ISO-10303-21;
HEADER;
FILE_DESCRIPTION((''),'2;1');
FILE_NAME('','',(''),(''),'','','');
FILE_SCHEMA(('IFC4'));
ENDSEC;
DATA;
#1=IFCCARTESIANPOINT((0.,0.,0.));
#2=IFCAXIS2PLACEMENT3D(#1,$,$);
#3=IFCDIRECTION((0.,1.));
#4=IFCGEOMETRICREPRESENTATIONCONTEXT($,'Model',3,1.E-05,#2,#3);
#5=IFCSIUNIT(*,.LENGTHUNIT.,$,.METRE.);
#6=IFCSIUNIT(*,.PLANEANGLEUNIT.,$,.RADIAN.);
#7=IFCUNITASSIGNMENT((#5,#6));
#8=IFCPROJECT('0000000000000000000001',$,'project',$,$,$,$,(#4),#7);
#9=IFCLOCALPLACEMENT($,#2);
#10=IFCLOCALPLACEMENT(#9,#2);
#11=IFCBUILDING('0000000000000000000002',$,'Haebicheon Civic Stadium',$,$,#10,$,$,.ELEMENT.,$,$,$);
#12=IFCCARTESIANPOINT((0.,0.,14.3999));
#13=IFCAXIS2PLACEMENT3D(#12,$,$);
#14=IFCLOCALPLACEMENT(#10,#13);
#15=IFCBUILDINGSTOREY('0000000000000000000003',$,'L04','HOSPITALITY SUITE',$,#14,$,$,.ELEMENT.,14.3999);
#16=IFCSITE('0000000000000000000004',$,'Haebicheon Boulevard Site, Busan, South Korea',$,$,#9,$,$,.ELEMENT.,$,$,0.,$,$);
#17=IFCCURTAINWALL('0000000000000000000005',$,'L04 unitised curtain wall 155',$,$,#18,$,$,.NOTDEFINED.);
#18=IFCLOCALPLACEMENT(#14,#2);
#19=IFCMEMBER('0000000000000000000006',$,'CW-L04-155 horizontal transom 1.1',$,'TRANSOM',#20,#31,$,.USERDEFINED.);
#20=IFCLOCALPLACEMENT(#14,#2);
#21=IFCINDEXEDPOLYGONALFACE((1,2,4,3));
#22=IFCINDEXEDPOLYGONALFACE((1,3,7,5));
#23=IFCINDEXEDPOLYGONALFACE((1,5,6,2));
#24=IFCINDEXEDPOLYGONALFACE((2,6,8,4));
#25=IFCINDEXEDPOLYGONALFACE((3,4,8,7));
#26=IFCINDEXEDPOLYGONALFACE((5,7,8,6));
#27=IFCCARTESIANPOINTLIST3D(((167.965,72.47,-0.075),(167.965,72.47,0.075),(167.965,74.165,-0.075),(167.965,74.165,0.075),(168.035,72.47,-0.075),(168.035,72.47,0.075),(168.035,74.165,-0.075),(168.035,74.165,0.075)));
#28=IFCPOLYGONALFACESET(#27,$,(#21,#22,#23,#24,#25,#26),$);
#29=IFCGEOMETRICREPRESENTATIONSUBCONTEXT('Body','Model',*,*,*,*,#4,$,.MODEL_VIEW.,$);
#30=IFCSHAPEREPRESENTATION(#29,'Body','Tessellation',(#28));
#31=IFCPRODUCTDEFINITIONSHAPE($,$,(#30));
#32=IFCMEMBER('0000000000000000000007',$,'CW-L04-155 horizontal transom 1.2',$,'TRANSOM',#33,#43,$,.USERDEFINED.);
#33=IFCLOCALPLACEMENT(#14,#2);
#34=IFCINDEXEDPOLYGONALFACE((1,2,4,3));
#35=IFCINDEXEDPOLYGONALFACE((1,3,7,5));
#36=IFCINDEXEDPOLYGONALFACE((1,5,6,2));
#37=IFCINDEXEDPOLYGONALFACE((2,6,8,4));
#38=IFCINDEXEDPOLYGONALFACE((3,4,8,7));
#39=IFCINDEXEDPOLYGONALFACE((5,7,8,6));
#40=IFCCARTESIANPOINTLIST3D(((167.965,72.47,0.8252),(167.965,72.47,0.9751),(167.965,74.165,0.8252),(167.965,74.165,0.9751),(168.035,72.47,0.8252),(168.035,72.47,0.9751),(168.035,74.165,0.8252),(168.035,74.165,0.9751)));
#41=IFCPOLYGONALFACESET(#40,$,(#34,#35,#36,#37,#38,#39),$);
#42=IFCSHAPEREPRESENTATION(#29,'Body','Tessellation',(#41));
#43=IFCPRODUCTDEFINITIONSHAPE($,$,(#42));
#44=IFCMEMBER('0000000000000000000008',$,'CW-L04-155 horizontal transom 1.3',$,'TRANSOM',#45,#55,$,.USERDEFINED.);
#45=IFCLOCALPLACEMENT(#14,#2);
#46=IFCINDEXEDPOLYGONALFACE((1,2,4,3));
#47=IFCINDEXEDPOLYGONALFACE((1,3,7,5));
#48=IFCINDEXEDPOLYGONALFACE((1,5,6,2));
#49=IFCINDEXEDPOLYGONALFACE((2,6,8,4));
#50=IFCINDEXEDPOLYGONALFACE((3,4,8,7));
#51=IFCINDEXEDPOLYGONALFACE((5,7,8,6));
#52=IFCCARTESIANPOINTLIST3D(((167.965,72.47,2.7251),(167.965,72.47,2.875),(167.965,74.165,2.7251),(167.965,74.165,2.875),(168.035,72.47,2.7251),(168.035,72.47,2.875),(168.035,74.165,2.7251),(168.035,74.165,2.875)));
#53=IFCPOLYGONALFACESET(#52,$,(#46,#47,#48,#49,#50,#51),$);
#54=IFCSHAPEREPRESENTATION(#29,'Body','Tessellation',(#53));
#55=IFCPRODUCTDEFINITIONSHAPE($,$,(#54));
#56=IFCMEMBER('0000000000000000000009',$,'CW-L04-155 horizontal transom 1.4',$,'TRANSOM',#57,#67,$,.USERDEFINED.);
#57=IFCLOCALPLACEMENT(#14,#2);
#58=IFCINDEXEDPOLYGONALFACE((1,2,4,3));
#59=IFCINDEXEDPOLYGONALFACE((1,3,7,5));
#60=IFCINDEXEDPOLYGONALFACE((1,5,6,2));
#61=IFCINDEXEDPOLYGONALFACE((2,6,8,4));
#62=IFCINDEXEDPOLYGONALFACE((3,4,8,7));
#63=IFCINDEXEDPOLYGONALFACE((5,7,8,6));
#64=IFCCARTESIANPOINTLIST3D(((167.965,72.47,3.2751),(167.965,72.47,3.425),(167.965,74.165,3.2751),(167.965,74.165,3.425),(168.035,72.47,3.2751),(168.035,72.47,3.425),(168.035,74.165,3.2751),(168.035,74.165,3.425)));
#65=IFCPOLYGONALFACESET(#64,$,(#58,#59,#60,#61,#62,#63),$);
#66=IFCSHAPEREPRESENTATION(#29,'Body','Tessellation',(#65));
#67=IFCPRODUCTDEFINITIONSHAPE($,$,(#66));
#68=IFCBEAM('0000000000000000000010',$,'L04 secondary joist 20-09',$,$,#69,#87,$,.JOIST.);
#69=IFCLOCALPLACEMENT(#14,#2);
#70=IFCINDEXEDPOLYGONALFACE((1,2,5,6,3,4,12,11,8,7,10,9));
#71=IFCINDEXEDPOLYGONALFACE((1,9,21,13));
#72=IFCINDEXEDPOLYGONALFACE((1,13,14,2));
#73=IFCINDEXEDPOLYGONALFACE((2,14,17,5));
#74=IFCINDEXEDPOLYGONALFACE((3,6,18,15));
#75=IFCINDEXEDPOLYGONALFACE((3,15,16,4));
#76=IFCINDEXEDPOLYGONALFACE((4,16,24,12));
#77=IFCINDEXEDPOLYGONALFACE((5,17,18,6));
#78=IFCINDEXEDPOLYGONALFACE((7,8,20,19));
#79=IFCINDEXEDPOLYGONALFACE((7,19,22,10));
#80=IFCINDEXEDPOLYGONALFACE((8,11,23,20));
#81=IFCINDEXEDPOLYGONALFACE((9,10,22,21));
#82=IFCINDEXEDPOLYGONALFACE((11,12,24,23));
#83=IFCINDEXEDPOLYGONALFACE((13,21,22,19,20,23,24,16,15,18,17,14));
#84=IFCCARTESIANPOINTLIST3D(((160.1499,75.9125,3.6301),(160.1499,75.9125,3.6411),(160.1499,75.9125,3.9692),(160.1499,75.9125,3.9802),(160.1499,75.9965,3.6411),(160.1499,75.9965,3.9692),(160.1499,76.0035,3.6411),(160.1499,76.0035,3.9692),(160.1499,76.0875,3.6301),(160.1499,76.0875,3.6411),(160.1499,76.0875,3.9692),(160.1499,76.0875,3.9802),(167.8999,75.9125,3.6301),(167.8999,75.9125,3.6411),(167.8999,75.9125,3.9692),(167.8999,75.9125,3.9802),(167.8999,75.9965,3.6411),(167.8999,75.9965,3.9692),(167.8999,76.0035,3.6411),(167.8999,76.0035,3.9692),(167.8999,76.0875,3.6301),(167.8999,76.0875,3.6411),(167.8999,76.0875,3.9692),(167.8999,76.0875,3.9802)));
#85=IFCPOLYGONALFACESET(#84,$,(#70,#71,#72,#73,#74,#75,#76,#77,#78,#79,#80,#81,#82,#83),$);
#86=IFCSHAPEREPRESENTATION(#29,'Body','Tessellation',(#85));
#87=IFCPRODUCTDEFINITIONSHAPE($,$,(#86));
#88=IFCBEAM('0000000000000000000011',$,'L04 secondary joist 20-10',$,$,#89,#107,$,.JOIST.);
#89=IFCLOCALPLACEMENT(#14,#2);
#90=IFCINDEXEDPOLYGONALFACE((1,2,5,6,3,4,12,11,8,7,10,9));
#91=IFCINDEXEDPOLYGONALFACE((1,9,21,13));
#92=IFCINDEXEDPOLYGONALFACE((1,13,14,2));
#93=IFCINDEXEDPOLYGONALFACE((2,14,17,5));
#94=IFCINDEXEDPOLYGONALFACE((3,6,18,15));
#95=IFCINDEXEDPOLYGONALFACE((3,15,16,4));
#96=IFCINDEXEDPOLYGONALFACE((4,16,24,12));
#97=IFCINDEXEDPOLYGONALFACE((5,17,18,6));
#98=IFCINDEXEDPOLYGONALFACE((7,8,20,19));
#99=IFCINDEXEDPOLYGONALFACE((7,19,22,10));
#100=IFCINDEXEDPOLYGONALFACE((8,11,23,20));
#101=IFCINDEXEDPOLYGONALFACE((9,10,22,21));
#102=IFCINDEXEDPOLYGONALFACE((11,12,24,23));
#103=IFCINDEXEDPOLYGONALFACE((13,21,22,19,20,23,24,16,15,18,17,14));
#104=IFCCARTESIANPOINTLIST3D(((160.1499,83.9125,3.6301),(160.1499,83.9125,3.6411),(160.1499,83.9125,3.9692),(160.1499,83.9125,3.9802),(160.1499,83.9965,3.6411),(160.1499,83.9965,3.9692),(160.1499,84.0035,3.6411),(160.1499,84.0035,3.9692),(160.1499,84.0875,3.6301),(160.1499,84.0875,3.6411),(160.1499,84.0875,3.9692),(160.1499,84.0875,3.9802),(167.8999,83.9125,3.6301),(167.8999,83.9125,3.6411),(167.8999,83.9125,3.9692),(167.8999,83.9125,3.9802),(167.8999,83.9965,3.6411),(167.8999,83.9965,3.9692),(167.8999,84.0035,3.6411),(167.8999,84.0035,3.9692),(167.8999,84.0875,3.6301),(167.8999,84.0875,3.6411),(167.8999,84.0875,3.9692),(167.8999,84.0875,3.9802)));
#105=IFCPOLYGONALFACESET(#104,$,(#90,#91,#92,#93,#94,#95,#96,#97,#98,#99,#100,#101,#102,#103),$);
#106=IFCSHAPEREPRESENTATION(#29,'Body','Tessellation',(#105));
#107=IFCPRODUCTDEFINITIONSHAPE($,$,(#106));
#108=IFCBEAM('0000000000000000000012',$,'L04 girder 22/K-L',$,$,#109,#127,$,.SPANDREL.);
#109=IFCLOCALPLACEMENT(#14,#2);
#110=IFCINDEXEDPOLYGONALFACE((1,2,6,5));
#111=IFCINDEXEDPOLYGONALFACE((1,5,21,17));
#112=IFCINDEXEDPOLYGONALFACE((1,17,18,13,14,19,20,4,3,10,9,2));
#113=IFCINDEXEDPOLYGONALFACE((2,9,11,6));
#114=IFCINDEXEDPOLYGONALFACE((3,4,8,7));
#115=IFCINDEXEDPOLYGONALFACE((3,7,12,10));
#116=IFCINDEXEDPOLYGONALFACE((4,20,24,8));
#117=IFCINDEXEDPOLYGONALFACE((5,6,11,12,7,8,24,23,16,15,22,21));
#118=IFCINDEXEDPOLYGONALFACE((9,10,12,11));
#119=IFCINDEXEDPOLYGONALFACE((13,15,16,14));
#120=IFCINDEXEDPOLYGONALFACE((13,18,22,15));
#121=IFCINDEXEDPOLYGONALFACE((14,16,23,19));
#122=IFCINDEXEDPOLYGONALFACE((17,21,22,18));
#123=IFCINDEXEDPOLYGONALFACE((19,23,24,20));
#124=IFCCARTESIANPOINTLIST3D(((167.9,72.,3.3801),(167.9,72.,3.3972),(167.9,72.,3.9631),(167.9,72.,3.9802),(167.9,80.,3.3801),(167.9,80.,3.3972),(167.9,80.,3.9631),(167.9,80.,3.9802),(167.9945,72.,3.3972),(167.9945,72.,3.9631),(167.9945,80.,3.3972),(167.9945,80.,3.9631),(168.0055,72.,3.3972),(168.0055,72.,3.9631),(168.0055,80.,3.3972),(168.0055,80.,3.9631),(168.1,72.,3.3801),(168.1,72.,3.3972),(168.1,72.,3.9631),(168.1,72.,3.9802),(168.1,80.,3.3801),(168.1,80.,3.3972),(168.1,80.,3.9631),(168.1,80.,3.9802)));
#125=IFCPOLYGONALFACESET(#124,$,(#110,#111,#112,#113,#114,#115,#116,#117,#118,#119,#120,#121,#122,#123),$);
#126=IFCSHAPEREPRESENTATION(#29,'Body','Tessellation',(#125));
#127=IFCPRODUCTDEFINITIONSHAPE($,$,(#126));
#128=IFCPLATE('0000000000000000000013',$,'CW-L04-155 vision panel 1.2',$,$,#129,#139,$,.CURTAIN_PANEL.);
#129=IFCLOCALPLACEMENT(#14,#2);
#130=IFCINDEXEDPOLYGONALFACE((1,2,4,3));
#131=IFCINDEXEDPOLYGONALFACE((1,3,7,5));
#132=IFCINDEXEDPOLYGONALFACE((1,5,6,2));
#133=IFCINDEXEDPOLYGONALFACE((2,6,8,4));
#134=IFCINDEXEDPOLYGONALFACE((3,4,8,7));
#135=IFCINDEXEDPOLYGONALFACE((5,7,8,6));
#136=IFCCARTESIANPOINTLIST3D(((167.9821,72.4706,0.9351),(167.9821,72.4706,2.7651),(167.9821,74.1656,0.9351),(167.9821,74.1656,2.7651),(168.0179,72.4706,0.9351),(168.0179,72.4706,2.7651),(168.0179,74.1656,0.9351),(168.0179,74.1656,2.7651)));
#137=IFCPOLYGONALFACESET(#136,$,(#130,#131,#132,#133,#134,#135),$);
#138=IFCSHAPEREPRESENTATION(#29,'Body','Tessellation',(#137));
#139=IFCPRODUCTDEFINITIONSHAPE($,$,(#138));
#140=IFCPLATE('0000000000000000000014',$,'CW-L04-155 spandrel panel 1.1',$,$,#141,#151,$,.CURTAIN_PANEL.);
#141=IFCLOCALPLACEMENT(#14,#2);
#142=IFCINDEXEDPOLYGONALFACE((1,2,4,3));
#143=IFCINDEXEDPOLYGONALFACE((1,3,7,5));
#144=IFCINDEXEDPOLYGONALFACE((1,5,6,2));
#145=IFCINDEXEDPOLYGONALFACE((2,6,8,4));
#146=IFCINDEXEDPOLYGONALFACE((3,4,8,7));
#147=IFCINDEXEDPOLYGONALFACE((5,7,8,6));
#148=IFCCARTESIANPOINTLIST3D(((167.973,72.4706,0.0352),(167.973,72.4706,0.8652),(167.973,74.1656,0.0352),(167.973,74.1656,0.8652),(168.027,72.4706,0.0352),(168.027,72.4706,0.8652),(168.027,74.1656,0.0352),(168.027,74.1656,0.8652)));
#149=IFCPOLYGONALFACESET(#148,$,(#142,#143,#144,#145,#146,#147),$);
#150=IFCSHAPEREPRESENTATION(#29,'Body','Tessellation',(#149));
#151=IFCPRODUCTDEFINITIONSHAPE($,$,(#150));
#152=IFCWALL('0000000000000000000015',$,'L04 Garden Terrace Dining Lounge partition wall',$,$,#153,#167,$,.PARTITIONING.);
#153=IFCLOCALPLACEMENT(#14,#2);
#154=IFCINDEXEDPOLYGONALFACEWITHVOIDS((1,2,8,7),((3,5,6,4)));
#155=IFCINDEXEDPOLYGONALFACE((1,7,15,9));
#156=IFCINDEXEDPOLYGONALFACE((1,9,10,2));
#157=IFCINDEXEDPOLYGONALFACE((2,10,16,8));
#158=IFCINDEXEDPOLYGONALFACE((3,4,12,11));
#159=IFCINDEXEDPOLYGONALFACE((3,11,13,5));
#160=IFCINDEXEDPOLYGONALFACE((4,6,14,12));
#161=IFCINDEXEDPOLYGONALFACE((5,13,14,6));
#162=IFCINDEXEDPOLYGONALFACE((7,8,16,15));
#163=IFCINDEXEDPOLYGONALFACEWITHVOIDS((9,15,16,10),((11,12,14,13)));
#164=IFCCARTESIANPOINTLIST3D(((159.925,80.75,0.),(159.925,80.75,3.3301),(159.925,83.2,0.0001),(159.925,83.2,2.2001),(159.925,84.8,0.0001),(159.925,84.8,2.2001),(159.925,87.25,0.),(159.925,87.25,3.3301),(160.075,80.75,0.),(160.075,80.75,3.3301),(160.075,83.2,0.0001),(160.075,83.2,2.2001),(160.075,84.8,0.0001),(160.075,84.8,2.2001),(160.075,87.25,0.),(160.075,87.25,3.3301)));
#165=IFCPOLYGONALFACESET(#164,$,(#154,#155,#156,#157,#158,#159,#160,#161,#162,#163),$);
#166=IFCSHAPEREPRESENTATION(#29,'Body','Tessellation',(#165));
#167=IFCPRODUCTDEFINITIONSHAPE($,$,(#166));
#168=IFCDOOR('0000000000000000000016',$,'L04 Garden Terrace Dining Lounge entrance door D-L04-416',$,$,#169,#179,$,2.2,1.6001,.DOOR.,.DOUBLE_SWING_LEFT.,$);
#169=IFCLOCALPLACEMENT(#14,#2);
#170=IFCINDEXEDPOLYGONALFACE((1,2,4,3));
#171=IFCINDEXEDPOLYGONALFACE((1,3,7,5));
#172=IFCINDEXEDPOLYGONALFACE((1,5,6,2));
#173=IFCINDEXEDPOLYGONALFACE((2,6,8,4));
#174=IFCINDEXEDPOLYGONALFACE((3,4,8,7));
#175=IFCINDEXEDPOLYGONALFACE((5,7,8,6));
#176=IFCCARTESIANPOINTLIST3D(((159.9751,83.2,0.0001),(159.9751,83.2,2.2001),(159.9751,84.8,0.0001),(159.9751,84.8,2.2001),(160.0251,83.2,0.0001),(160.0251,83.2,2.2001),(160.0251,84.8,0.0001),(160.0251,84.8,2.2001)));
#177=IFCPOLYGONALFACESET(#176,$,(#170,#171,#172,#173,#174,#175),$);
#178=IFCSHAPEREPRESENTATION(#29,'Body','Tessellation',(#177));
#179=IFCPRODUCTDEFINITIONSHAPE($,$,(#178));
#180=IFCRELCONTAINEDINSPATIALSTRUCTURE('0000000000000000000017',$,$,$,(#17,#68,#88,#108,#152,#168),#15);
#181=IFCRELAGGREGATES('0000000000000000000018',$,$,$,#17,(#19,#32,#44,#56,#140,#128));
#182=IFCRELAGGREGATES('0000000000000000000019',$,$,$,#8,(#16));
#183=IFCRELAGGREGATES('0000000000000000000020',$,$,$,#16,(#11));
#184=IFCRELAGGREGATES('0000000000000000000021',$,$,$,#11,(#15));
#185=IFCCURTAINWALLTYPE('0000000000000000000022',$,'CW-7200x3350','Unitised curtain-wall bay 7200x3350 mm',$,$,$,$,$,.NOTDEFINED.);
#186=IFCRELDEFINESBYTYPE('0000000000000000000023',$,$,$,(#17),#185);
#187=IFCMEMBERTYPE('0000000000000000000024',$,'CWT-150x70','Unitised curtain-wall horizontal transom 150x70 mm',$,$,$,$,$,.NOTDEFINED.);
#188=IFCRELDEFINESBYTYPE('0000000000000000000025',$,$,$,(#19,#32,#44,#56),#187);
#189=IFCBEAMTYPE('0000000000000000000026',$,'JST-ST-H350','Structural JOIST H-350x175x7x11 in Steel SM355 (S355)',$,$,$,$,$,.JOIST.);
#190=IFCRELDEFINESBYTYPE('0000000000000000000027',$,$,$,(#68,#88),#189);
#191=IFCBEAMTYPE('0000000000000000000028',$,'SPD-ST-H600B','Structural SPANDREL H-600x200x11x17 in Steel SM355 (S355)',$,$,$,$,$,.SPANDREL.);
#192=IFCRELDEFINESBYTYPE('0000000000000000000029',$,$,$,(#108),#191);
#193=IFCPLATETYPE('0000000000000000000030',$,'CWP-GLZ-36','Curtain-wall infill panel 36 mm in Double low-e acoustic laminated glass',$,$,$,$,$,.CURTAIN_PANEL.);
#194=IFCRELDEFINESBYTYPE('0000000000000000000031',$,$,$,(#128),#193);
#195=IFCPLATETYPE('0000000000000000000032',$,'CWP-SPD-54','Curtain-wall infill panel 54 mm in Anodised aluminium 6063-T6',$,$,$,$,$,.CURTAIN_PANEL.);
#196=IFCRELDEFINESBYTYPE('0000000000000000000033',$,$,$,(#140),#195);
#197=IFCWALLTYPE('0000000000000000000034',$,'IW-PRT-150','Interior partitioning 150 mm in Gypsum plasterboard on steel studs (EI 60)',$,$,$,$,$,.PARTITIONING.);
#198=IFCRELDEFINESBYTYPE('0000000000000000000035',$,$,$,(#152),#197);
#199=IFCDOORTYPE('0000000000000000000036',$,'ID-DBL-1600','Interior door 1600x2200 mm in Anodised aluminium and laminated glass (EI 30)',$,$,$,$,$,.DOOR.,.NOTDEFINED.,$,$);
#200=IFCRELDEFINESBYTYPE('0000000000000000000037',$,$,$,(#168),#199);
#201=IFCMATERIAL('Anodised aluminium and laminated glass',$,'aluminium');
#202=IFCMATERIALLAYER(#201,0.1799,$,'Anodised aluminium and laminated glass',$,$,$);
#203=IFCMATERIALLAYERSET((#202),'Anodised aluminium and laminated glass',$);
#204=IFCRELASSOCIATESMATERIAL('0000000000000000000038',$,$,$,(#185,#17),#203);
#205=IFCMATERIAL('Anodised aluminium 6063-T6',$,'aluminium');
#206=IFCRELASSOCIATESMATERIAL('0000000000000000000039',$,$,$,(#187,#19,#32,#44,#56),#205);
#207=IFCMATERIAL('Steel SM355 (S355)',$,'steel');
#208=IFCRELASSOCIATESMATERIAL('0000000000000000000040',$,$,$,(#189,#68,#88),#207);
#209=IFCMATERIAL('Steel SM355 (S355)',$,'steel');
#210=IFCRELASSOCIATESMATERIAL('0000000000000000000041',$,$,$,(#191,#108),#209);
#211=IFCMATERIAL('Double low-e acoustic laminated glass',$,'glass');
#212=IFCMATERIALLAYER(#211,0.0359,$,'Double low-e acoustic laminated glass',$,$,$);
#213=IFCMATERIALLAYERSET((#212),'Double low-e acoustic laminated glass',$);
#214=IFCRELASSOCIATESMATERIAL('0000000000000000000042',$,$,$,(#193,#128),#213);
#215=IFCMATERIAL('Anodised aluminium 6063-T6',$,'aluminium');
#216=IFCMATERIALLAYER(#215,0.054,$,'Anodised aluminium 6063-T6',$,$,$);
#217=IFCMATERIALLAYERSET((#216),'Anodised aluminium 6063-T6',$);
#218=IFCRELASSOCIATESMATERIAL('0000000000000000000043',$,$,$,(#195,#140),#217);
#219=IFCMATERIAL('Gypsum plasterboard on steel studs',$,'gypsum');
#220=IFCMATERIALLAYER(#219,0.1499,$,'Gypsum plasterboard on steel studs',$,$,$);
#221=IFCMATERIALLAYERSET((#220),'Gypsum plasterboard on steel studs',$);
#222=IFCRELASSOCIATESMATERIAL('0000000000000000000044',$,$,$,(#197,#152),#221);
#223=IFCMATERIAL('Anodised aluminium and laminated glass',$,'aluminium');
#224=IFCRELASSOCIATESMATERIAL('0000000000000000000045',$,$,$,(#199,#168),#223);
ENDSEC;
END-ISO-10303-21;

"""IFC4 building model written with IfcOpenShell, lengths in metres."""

from ifc_helpers import new_model, si_unit, direction, frame, frame_2d, origin, origin_2d, place, context, subcontext, project, spatial, rectangle, i_section, extrude, material, layer, layer_set, material_profile, profile_set, type_object, element, fill, aggregate, save


model = new_model("IFC4")

# Units and contexts
model_context = context("Model", 3, precision=1e-05, world=origin(), true_north=direction((0.0, 1.0)))
body_context = subcontext(model_context, "Body", "Model", "MODEL_VIEW")
ifc_project = project(units=[si_unit("LENGTHUNIT", "METRE"), si_unit("PLANEANGLEUNIT", "RADIAN")], contexts=[model_context])

# Site, building, storey
site_placement = place(None, origin())
site = spatial("IfcSite", under=ifc_project, at=site_placement, Name="Haebicheon Boulevard Site, Busan, South Korea", CompositionType="ELEMENT", RefElevation=0.0)
building_placement = place(site_placement, origin())
building = spatial("IfcBuilding", under=site, at=building_placement, Name="Haebicheon Civic Stadium", CompositionType="ELEMENT")
storey_placement = place(building_placement, frame((0.0, 0.0, 14.3999)))
storey = spatial("IfcBuildingStorey", under=building, at=storey_placement, Name="L04", Description="HOSPITALITY SUITE", CompositionType="ELEMENT", Elevation=14.3999)

# Curtain wall, members
ifc_material_1 = material(Name="Anodised aluminium and laminated glass", Category="aluminium")
ifc_layer_1 = layer(ifc_material_1, 0.1799, Name="Anodised aluminium and laminated glass")
ifc_layer_set_1 = layer_set([ifc_layer_1], Name="Anodised aluminium and laminated glass")
curtain_wall_type = type_object("IfcCurtainWallType", Name="CW-7200x3350", Description="Unitised curtain-wall bay 7200x3350 mm", PredefinedType="NOTDEFINED", material=ifc_layer_set_1)
curtain_wall_placement = place(storey_placement, origin())
curtain_wall = element("IfcCurtainWall", 1, at=curtain_wall_placement, inside=storey, type_object=curtain_wall_type, material=ifc_layer_set_1, Name="L04 unitised curtain wall 155", PredefinedType="NOTDEFINED")
ifc_material_2 = material(Name="Anodised aluminium 6063-T6", Category="aluminium")
ifc_material_profile_1 = material_profile(ifc_material_2, rectangle(XDim=0.0701, YDim=0.1499, at=origin_2d()), Name="ALU-TRAN-70x150")
ifc_profile_set_1 = profile_set([ifc_material_profile_1], Name="Anodised aluminium 6063-T6")
member_type_1 = type_object("IfcMemberType", Name="CWT-150x70", Description="Unitised curtain-wall horizontal transom 150x70 mm", PredefinedType="NOTDEFINED", material=ifc_profile_set_1)
member_1_placement = place(storey_placement, frame((168.0, 72.47, 0.0), z_axis=(0.0, 1.0, 0.0), x_axis=(-1.0, 0.0, 0.0)))
member_1 = element("IfcMember", 2, at=member_1_placement, type_object=member_type_1, material=ifc_profile_set_1, Name="CW-L04-155 horizontal transom 1.1", ObjectType="TRANSOM", PredefinedType="USERDEFINED", context=body_context, shape_type="SweptSolid", body=[
    extrude(rectangle(XDim=0.0701, YDim=0.1499, at=origin_2d()), origin(), (0.0, 0.0, 1.0), 1.6951),
])
member_2_placement = place(storey_placement, frame((168.0, 72.47, 0.9001), z_axis=(0.0, 1.0, 0.0), x_axis=(-1.0, 0.0, 0.0)))
member_2 = element("IfcMember", 3, at=member_2_placement, type_object=member_type_1, material=ifc_profile_set_1, Name="CW-L04-155 horizontal transom 1.2", ObjectType="TRANSOM", PredefinedType="USERDEFINED", context=body_context, shape_type="SweptSolid", body=[
    extrude(rectangle(XDim=0.0701, YDim=0.1499, at=origin_2d()), origin(), (0.0, 0.0, 1.0), 1.6951),
])
member_3_placement = place(storey_placement, frame((168.0, 72.47, 2.8), z_axis=(0.0, 1.0, 0.0), x_axis=(-1.0, 0.0, 0.0)))
member_3 = element("IfcMember", 4, at=member_3_placement, type_object=member_type_1, material=ifc_profile_set_1, Name="CW-L04-155 horizontal transom 1.3", ObjectType="TRANSOM", PredefinedType="USERDEFINED", context=body_context, shape_type="SweptSolid", body=[
    extrude(rectangle(XDim=0.0701, YDim=0.1499, at=origin_2d()), origin(), (0.0, 0.0, 1.0), 1.6951),
])
member_4_placement = place(storey_placement, frame((168.0, 72.47, 3.3501), z_axis=(0.0, 1.0, 0.0), x_axis=(-1.0, 0.0, 0.0)))
member_4 = element("IfcMember", 5, at=member_4_placement, type_object=member_type_1, material=ifc_profile_set_1, Name="CW-L04-155 horizontal transom 1.4", ObjectType="TRANSOM", PredefinedType="USERDEFINED", context=body_context, shape_type="SweptSolid", body=[
    extrude(rectangle(XDim=0.0701, YDim=0.1499, at=origin_2d()), origin(), (0.0, 0.0, 1.0), 1.6951),
])

# Beams
ifc_material_3 = material(Name="Steel SM355 (S355)", Category="steel")
ifc_material_profile_2 = material_profile(ifc_material_3, i_section(OverallWidth=0.175, OverallDepth=0.3501, WebThickness=0.0071, FlangeThickness=0.011, at=origin_2d()), Name="H-350x175x7x11")
ifc_profile_set_2 = profile_set([ifc_material_profile_2], Name="Steel SM355 (S355)")
beam_type_1 = type_object("IfcBeamType", Name="JST-ST-H350", Description="Structural JOIST H-350x175x7x11 in Steel SM355 (S355)", PredefinedType="JOIST", material=ifc_profile_set_2)
for number, where, z_axis, x_axis, name in (
    (6, (160.1499, 76.0, 3.8052), (1.0, 0.0, 0.0), (0.0, 1.0, 0.0), "L04 secondary joist 20-09"),
    (7, (160.1499, 84.0, 3.8052), (1.0, 0.0, 0.0), (0.0, 1.0, 0.0), "L04 secondary joist 20-10"),
):
    element("IfcBeam", number, at=place(storey_placement, frame(where, z_axis=z_axis, x_axis=x_axis)), inside=storey, type_object=beam_type_1, material=ifc_profile_set_2, Name=name, PredefinedType="JOIST", context=body_context, shape_type="SweptSolid", body=[
        extrude(i_section(OverallWidth=0.175, OverallDepth=0.3501, WebThickness=0.0071, FlangeThickness=0.011, at=origin_2d()), origin(), (0.0, 0.0, 1.0), 7.75),
    ])
ifc_material_4 = material(Name="Steel SM355 (S355)", Category="steel")
ifc_material_profile_3 = material_profile(ifc_material_4, i_section(OverallWidth=0.2, OverallDepth=0.6001, WebThickness=0.011, FlangeThickness=0.0171, at=origin_2d()), Name="H-600x200x11x17")
ifc_profile_set_3 = profile_set([ifc_material_profile_3], Name="Steel SM355 (S355)")
beam_type_2 = type_object("IfcBeamType", Name="SPD-ST-H600B", Description="Structural SPANDREL H-600x200x11x17 in Steel SM355 (S355)", PredefinedType="SPANDREL", material=ifc_profile_set_3)
beam_placement = place(storey_placement, frame((168.0, 72.0, 3.6802), z_axis=(0.0, 1.0, 0.0), x_axis=(-1.0, 0.0, 0.0)))
element("IfcBeam", 8, at=beam_placement, inside=storey, type_object=beam_type_2, material=ifc_profile_set_3, Name="L04 girder 22/K-L", PredefinedType="SPANDREL", context=body_context, shape_type="SweptSolid", body=[
    extrude(i_section(OverallWidth=0.2, OverallDepth=0.6001, WebThickness=0.011, FlangeThickness=0.0171, at=origin_2d()), origin(), (0.0, 0.0, 1.0), 8.0),
])

# Plates
ifc_material_5 = material(Name="Double low-e acoustic laminated glass", Category="glass")
ifc_layer_2 = layer(ifc_material_5, 0.0359, Name="Double low-e acoustic laminated glass")
ifc_layer_set_2 = layer_set([ifc_layer_2], Name="Double low-e acoustic laminated glass")
plate_type_1 = type_object("IfcPlateType", Name="CWP-GLZ-36", Description="Curtain-wall infill panel 36 mm in Double low-e acoustic laminated glass", PredefinedType="CURTAIN_PANEL", material=ifc_layer_set_2)
plate_1_placement = place(storey_placement, frame((168.0, 73.3181, 0.9351), z_axis=(0.0, 0.0, 1.0), x_axis=(0.0, 1.0, 0.0)))
plate_1 = element("IfcPlate", 9, at=plate_1_placement, type_object=plate_type_1, material=ifc_layer_set_2, Name="CW-L04-155 vision panel 1.2", PredefinedType="CURTAIN_PANEL", context=body_context, shape_type="SweptSolid", body=[
    extrude(rectangle(XDim=1.6951, YDim=0.0359, at=origin_2d()), origin(), (0.0, 0.0, 1.0), 1.8301),
])
ifc_material_6 = material(Name="Anodised aluminium 6063-T6", Category="aluminium")
ifc_layer_3 = layer(ifc_material_6, 0.054, Name="Anodised aluminium 6063-T6")
ifc_layer_set_3 = layer_set([ifc_layer_3], Name="Anodised aluminium 6063-T6")
plate_type_2 = type_object("IfcPlateType", Name="CWP-SPD-54", Description="Curtain-wall infill panel 54 mm in Anodised aluminium 6063-T6", PredefinedType="CURTAIN_PANEL", material=ifc_layer_set_3)
plate_2_placement = place(storey_placement, frame((168.0, 73.3181, 0.0352), z_axis=(0.0, 0.0, 1.0), x_axis=(0.0, 1.0, 0.0)))
plate_2 = element("IfcPlate", 10, at=plate_2_placement, type_object=plate_type_2, material=ifc_layer_set_3, Name="CW-L04-155 spandrel panel 1.1", PredefinedType="CURTAIN_PANEL", context=body_context, shape_type="SweptSolid", body=[
    extrude(rectangle(XDim=1.6951, YDim=0.054, at=origin_2d()), origin(), (0.0, 0.0, 1.0), 0.8301),
])
aggregate(curtain_wall, [member_1, member_2, member_3, member_4, plate_2, plate_1])

# Wall, opening, door
ifc_material_7 = material(Name="Gypsum plasterboard on steel studs", Category="gypsum")
ifc_layer_4 = layer(ifc_material_7, 0.1499, Name="Gypsum plasterboard on steel studs")
ifc_layer_set_4 = layer_set([ifc_layer_4], Name="Gypsum plasterboard on steel studs")
wall_type = type_object("IfcWallType", Name="IW-PRT-150", Description="Interior partitioning 150 mm in Gypsum plasterboard on steel studs (EI 60)", PredefinedType="PARTITIONING", material=ifc_layer_set_4)
wall_placement = place(storey_placement, frame((160.0, 80.75, 0.0), z_axis=(0.0, 0.0, 1.0), x_axis=(0.0, 1.0, 0.0)))
wall = element("IfcWall", 11, at=wall_placement, inside=storey, type_object=wall_type, material=ifc_layer_set_4, Name="L04 Garden Terrace Dining Lounge partition wall", PredefinedType="PARTITIONING", context=body_context, shape_type="SweptSolid", body=[
    extrude(rectangle(XDim=6.5, YDim=0.1499, at=frame_2d((3.25, 0.0))), origin(), (0.0, 0.0, 1.0), 3.3301),
])
opening_placement = place(wall_placement, frame((2.45, 0.0, 0.0)))
opening = element("IfcOpeningElement", 12, at=opening_placement, cuts=wall, PredefinedType="OPENING", context=body_context, shape_type="SweptSolid", body=[
    extrude(rectangle(XDim=1.6001, YDim=2.2, at=frame_2d((0.8, 1.1001))), frame((0.0, 0.085, 0.0), z_axis=(0.0, -1.0, 0.0), x_axis=(1.0, 0.0, 0.0)), (0.0, 0.0, 1.0), 0.1699),
])
ifc_material_8 = material(Name="Anodised aluminium and laminated glass", Category="aluminium")
door_type = type_object("IfcDoorType", Name="ID-DBL-1600", Description="Interior door 1600x2200 mm in Anodised aluminium and laminated glass (EI 30)", OperationType="NOTDEFINED", PredefinedType="DOOR", material=ifc_material_8)
door_placement = place(opening_placement, origin())
door = element("IfcDoor", 13, at=door_placement, inside=storey, type_object=door_type, material=ifc_material_8, Name="L04 Garden Terrace Dining Lounge entrance door D-L04-416", OperationType="DOUBLE_SWING_LEFT", OverallHeight=2.2, OverallWidth=1.6001, PredefinedType="DOOR", context=body_context, shape_type="SweptSolid", body=[
    extrude(rectangle(XDim=1.6001, YDim=2.2, at=frame_2d((0.8, 1.1001))), frame((0.0, 0.0249, 0.0), z_axis=(0.0, -1.0, 0.0), x_axis=(1.0, 0.0, 0.0)), (0.0, 0.0, 1.0), 0.05),
])
fill(opening, door)

save(model, "model.ifc")
